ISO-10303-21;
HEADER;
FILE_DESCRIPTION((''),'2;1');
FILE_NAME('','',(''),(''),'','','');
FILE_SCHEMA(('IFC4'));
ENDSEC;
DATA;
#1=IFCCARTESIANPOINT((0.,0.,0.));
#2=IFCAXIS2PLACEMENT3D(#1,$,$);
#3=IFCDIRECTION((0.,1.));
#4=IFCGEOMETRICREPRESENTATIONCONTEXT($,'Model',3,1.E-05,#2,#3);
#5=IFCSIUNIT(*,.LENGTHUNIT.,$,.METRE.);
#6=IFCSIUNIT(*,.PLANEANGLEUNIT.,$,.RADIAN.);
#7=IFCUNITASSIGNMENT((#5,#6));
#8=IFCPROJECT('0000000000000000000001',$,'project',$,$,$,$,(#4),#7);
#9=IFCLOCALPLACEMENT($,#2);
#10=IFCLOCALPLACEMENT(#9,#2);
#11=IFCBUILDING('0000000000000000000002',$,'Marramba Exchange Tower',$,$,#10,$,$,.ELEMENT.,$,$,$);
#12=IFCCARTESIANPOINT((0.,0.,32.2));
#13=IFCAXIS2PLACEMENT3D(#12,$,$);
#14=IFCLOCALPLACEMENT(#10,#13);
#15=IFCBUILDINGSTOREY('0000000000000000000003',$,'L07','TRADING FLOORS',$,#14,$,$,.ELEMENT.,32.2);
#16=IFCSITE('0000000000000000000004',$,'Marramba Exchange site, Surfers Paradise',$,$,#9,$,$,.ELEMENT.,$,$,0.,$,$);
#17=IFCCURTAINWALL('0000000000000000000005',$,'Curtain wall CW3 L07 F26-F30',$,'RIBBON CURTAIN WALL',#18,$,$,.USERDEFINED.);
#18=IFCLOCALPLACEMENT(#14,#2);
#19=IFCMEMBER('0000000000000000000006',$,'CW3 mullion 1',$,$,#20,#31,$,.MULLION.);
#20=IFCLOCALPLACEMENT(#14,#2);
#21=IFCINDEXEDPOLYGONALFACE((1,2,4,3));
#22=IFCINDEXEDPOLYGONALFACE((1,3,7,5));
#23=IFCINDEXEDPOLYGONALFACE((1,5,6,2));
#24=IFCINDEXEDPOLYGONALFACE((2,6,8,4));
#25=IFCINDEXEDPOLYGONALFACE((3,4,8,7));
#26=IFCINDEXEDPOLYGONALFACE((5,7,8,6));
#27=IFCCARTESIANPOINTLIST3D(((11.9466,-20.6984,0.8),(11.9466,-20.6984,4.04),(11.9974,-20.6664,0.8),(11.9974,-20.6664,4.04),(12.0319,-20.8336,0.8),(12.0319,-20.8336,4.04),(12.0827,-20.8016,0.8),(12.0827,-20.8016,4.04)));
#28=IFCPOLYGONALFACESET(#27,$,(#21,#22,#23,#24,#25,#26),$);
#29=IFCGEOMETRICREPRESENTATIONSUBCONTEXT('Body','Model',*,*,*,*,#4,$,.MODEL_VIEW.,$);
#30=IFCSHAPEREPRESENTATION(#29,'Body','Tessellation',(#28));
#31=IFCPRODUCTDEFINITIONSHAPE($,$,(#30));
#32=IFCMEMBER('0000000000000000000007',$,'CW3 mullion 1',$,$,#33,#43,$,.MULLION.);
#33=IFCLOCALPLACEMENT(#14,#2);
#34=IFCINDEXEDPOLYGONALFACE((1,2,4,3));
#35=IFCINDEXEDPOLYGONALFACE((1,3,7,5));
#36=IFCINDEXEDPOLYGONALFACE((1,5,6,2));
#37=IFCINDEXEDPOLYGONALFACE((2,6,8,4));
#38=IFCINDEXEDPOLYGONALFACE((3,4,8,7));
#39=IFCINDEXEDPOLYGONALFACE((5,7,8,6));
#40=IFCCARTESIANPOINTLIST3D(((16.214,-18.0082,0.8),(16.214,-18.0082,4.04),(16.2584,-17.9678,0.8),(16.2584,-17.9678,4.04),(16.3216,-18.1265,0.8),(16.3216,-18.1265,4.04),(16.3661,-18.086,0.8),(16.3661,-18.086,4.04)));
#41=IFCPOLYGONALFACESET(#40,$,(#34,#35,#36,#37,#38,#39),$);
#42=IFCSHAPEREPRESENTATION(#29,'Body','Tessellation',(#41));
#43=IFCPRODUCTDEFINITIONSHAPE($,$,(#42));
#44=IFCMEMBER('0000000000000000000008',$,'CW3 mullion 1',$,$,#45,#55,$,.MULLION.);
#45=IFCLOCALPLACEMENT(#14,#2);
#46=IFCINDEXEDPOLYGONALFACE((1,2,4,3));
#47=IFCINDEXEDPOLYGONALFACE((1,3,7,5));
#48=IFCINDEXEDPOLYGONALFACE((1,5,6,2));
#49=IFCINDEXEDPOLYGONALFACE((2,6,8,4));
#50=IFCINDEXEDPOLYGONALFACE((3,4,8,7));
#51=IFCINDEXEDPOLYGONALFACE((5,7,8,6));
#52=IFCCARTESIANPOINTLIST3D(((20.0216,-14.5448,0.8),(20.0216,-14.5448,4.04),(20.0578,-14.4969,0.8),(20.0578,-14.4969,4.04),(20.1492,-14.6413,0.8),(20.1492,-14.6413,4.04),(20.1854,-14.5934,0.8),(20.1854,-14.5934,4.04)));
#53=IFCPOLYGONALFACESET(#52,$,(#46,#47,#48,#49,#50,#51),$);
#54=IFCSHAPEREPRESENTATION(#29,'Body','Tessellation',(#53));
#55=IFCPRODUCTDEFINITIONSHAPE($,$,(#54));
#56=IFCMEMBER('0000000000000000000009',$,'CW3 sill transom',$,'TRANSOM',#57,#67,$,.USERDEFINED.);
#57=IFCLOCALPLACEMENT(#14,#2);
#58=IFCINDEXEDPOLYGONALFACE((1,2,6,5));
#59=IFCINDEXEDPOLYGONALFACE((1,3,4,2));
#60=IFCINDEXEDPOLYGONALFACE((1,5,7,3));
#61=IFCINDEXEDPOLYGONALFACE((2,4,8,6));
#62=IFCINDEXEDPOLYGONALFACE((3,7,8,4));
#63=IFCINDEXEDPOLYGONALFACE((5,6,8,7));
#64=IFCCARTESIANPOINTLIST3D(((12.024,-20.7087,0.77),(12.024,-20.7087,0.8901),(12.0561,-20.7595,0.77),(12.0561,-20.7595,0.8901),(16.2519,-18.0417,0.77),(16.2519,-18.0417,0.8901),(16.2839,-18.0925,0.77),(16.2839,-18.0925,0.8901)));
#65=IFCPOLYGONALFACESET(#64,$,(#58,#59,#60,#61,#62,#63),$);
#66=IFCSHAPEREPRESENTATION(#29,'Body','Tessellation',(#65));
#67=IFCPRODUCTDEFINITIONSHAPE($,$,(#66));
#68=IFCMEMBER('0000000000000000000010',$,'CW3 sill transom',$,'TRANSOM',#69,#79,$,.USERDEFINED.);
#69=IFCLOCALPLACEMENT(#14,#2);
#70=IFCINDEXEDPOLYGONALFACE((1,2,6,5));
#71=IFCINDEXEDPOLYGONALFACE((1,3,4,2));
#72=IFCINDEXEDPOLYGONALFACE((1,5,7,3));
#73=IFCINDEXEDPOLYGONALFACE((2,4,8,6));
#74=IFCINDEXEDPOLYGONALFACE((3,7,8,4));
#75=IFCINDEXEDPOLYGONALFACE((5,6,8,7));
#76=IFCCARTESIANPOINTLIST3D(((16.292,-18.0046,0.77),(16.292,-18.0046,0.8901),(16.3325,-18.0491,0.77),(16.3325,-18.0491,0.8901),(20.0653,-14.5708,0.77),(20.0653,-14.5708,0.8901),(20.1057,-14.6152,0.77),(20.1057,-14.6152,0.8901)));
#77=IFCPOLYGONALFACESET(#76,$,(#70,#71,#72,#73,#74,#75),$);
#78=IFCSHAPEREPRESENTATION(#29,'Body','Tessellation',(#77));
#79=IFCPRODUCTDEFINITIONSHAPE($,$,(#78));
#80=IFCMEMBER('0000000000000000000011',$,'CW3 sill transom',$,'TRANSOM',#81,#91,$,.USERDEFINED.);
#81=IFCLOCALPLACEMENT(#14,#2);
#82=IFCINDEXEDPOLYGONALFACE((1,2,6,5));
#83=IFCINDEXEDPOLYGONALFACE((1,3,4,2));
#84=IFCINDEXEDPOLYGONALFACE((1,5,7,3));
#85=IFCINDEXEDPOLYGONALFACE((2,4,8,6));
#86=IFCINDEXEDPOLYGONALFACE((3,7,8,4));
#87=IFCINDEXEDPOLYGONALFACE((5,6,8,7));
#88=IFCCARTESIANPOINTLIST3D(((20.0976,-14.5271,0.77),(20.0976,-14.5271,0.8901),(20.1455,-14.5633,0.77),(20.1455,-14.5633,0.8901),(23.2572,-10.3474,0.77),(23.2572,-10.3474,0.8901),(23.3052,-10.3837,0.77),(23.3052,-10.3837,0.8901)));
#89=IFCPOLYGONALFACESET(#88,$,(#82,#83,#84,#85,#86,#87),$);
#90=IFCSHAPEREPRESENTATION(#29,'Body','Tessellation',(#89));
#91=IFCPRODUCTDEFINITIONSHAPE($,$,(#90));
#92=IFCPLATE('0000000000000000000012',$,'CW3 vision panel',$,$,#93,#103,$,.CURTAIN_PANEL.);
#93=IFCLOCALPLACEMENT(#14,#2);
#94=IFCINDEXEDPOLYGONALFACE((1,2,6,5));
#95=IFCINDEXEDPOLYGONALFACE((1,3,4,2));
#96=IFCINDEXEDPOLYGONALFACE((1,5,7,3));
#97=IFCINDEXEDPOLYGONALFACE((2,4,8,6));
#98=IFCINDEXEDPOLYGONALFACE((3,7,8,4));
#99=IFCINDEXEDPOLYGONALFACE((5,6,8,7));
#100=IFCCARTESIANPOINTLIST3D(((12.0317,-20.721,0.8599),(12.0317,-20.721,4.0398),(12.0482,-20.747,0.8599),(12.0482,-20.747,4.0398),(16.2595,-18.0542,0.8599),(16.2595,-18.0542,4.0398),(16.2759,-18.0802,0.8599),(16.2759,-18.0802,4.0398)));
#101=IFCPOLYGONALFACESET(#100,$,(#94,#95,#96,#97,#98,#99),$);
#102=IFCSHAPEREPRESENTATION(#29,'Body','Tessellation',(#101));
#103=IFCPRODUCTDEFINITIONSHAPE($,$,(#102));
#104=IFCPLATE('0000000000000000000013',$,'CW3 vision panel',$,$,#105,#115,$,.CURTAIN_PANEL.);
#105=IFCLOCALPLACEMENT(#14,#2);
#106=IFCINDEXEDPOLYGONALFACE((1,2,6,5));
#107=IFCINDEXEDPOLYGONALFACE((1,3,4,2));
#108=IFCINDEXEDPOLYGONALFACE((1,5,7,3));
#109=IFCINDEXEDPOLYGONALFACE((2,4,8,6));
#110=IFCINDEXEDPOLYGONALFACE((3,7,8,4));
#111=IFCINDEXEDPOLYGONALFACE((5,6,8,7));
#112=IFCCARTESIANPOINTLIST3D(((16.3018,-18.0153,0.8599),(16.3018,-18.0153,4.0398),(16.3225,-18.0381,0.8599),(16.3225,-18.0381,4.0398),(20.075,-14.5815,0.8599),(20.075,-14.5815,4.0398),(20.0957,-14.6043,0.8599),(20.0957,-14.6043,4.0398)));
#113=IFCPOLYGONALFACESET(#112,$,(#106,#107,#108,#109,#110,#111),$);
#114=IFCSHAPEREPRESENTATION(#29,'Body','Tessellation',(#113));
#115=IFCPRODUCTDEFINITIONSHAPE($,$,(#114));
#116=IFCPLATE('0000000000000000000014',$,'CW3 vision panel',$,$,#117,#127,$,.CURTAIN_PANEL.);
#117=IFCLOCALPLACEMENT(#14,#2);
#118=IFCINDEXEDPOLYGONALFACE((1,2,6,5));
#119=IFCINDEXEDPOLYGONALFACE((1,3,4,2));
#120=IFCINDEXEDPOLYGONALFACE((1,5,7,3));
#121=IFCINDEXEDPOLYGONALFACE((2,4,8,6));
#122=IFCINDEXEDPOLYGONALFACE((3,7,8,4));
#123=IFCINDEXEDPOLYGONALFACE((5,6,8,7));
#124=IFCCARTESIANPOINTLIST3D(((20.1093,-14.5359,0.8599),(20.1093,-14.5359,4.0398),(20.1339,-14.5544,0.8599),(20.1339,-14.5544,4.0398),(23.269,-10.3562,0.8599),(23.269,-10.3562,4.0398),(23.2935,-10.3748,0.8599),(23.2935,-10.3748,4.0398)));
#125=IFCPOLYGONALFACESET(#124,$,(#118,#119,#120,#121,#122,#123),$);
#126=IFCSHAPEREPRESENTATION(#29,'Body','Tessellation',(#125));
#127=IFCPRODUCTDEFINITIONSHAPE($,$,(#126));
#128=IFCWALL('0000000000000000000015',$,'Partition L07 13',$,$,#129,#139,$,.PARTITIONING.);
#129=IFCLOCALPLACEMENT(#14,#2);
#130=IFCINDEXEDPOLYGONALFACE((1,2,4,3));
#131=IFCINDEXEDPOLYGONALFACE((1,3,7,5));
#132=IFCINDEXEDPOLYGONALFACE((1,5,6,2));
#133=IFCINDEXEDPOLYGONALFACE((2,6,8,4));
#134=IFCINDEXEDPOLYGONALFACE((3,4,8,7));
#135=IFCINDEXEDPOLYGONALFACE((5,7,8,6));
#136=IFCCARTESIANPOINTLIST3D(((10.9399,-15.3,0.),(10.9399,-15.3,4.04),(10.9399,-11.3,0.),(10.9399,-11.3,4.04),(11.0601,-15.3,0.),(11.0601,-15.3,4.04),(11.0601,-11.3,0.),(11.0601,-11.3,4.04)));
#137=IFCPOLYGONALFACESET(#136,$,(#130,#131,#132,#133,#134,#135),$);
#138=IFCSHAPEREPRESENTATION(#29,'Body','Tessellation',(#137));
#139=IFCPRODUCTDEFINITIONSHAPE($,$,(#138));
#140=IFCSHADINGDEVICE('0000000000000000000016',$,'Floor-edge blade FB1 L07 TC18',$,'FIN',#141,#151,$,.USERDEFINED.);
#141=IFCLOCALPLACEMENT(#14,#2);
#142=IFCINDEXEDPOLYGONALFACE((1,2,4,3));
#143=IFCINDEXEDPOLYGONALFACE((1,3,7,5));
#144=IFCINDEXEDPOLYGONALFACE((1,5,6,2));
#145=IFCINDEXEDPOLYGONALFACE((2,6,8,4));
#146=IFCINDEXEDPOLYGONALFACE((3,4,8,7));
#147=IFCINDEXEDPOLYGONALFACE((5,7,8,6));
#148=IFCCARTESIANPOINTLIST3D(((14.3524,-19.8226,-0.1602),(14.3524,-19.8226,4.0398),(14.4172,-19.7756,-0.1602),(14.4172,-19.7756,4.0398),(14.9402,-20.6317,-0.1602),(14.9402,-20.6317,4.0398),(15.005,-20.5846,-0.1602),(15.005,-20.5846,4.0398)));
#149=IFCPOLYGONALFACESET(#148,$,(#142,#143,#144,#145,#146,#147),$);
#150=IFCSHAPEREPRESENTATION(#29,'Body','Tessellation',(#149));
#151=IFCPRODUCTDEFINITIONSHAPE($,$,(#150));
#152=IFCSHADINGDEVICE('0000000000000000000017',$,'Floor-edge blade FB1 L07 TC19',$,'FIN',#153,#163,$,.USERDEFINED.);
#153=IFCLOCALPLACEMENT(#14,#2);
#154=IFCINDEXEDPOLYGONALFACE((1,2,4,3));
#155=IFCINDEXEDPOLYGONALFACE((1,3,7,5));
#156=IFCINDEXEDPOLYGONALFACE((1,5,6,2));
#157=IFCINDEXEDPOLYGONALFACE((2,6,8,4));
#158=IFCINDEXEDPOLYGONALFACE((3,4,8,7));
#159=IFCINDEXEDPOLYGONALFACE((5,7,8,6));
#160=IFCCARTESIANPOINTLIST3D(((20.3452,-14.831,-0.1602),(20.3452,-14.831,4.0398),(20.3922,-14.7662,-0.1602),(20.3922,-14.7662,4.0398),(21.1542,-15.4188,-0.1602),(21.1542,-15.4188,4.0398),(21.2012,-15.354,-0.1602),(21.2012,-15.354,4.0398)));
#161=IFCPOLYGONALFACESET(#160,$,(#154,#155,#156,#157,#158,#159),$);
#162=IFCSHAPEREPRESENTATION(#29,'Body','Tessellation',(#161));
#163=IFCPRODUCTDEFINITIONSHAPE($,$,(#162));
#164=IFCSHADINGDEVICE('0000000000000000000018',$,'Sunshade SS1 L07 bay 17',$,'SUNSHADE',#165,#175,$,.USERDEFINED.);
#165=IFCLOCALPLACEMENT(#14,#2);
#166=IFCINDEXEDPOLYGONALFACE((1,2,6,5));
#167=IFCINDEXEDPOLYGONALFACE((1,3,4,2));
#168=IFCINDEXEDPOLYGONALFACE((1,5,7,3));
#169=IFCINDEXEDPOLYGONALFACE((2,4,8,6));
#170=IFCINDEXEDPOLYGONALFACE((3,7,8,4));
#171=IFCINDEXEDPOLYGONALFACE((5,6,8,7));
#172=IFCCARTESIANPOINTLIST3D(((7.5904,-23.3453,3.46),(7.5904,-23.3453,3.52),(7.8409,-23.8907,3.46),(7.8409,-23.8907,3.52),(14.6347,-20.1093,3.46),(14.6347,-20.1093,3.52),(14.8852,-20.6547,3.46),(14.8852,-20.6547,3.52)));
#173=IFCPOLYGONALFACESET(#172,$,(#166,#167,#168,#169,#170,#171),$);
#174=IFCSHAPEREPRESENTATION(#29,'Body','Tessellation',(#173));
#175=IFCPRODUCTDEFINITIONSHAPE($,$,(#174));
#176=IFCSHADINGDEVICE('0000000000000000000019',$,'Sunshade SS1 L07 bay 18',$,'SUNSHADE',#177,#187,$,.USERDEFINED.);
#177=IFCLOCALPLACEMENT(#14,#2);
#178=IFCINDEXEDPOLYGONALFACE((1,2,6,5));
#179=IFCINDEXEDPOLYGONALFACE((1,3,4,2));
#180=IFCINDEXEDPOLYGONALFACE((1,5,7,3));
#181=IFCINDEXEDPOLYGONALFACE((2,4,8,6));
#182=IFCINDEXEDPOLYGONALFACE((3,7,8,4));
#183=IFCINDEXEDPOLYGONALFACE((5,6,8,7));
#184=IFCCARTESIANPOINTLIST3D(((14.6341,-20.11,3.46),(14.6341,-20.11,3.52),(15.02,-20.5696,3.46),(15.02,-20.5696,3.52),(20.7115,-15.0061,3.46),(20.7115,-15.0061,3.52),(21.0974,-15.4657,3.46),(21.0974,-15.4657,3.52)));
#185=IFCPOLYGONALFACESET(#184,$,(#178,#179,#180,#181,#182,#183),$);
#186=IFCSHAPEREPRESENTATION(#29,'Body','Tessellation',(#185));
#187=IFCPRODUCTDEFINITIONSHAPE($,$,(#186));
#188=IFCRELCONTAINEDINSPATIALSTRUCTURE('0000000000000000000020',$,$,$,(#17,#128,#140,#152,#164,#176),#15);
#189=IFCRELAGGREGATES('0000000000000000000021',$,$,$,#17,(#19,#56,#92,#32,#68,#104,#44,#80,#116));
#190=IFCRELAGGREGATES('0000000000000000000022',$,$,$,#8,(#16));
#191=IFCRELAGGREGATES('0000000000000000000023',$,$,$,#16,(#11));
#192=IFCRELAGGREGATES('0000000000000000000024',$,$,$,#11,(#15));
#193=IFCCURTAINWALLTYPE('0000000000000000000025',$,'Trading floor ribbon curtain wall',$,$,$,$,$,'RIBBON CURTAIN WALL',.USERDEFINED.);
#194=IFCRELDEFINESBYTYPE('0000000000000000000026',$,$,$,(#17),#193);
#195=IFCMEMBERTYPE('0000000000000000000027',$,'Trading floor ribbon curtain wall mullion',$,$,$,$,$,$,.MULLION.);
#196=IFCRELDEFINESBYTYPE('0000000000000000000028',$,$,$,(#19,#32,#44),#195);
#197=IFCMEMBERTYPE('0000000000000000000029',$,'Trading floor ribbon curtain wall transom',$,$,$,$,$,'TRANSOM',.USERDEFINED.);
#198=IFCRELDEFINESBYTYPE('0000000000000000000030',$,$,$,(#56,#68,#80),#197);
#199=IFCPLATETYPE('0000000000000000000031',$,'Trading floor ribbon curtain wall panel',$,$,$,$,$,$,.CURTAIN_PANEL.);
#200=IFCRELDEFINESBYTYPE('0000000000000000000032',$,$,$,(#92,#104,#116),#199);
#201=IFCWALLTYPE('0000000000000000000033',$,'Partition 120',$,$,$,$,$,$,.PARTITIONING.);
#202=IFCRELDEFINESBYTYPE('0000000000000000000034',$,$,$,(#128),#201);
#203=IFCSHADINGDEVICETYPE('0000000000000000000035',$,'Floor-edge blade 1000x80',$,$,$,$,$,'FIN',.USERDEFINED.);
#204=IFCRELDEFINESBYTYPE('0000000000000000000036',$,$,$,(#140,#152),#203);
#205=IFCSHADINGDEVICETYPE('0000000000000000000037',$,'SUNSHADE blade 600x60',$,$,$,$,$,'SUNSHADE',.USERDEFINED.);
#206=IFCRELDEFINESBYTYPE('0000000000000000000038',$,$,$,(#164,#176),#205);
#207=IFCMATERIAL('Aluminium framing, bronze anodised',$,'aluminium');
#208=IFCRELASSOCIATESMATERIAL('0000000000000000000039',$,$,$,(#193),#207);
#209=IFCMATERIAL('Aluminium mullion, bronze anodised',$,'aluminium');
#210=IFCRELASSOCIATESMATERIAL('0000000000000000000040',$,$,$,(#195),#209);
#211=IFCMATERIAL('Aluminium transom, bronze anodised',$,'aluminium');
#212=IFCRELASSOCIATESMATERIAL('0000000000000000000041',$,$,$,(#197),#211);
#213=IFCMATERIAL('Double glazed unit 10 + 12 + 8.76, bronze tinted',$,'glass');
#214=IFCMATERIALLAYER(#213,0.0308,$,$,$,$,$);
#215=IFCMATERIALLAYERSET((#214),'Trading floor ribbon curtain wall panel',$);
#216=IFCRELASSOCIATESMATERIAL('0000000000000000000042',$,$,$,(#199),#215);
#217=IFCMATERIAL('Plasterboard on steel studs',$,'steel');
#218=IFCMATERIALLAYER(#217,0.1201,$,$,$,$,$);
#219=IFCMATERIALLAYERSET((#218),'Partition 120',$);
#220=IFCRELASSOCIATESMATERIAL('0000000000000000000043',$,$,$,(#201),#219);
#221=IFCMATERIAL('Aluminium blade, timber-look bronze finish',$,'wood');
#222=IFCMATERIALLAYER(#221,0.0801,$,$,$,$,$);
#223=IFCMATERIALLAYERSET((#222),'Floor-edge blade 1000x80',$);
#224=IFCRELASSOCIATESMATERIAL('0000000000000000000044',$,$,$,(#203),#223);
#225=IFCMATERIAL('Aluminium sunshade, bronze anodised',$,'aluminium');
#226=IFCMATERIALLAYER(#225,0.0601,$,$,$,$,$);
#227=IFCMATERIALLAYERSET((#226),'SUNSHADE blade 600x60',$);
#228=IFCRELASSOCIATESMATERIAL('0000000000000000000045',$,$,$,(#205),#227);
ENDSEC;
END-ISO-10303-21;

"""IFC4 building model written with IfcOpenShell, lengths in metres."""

from ifc_helpers import new_model, si_unit, direction, frame, frame_2d, origin, origin_2d, place, context, subcontext, project, spatial, rectangle, extrude, material, layer, layer_set, material_profile, profile_set, type_object, element, aggregate, save


model = new_model("IFC4")

# Units and contexts
model_context = context("Model", 3, precision=1e-05, world=origin(), true_north=direction((0.0, 1.0)))
body_context = subcontext(model_context, "Body", "Model", "MODEL_VIEW")
ifc_project = project(units=[si_unit("LENGTHUNIT", "METRE"), si_unit("PLANEANGLEUNIT", "RADIAN")], contexts=[model_context])

# Site, building, storey
site_placement = place(None, origin())
site = spatial("IfcSite", under=ifc_project, at=site_placement, Name="Marramba Exchange site, Surfers Paradise", CompositionType="ELEMENT", RefElevation=0.0)
building_placement = place(site_placement, origin())
building = spatial("IfcBuilding", under=site, at=building_placement, Name="Marramba Exchange Tower", CompositionType="ELEMENT")
storey_placement = place(building_placement, frame((0.0, 0.0, 32.2)))
storey = spatial("IfcBuildingStorey", under=building, at=storey_placement, Name="L07", Description="TRADING FLOORS", CompositionType="ELEMENT", Elevation=32.2)

# Curtain wall, members, plates
ifc_material_1 = material(Name="Aluminium framing, bronze anodised", Category="aluminium")
curtain_wall_type = type_object("IfcCurtainWallType", Name="Trading floor ribbon curtain wall", ElementType="RIBBON CURTAIN WALL", PredefinedType="USERDEFINED", material=ifc_material_1)
curtain_wall_placement = place(storey_placement, origin())
curtain_wall = element("IfcCurtainWall", 1, at=curtain_wall_placement, inside=storey, type_object=curtain_wall_type, Name="Curtain wall CW3 L07 F26-F30", ObjectType="RIBBON CURTAIN WALL", PredefinedType="USERDEFINED")
ifc_material_2 = material(Name="Aluminium mullion, bronze anodised", Category="aluminium")
ifc_material_profile_1 = material_profile(ifc_material_2, rectangle(XDim=0.1599, YDim=0.0601, at=origin_2d()), Name="CW3 mullion 60x160")
ifc_profile_set_1 = profile_set([ifc_material_profile_1], Name="Aluminium mullion, bronze anodised")
member_type_1 = type_object("IfcMemberType", Name="Trading floor ribbon curtain wall mullion", PredefinedType="MULLION", material=ifc_profile_set_1)
member_1_placement = place(storey_placement, frame((12.0146, -20.75, 0.8), z_axis=(0.0, 0.0, 1.0), x_axis=(-0.533515, 0.845791, 0.0)))
member_1 = element("IfcMember", 2, at=member_1_placement, type_object=member_type_1, Name="CW3 mullion 1", PredefinedType="MULLION", context=body_context, shape_type="SweptSolid", body=[
    extrude(rectangle(XDim=0.1599, YDim=0.0601, at=origin_2d()), origin(), (0.0, 0.0, 1.0), 3.24),
])
member_2_placement = place(storey_placement, frame((16.29, -18.0471, 0.8), z_axis=(0.0, 0.0, 1.0), x_axis=(-0.673058, 0.73959, 0.0)))
member_2 = element("IfcMember", 3, at=member_2_placement, type_object=member_type_1, Name="CW3 mullion 1", PredefinedType="MULLION", context=body_context, shape_type="SweptSolid", body=[
    extrude(rectangle(XDim=0.1599, YDim=0.0601, at=origin_2d()), origin(), (0.0, 0.0, 1.0), 3.24),
])
member_3_placement = place(storey_placement, frame((20.1035, -14.5691, 0.8), z_axis=(0.0, 0.0, 1.0), x_axis=(-0.797711, 0.60304, 0.0)))
member_3 = element("IfcMember", 4, at=member_3_placement, type_object=member_type_1, Name="CW3 mullion 1", PredefinedType="MULLION", context=body_context, shape_type="SweptSolid", body=[
    extrude(rectangle(XDim=0.1599, YDim=0.0601, at=origin_2d()), origin(), (0.0, 0.0, 1.0), 3.24),
])
ifc_material_3 = material(Name="Aluminium transom, bronze anodised", Category="aluminium")
ifc_material_profile_2 = material_profile(ifc_material_3, rectangle(XDim=0.0601, YDim=0.1201, at=origin_2d()), Name="CW3 transom 60x120")
ifc_profile_set_2 = profile_set([ifc_material_profile_2], Name="Aluminium transom, bronze anodised")
member_type_2 = type_object("IfcMemberType", Name="Trading floor ribbon curtain wall transom", ElementType="TRANSOM", PredefinedType="USERDEFINED", material=ifc_profile_set_2)
member_4_placement = place(storey_placement, frame((12.04, -20.7341, 0.8301), z_axis=(0.845777, 0.533537, 0.0), x_axis=(-0.533537, 0.845777, 0.0)))
member_4 = element("IfcMember", 5, at=member_4_placement, type_object=member_type_2, Name="CW3 sill transom", ObjectType="TRANSOM", PredefinedType="USERDEFINED", context=body_context, shape_type="SweptSolid", body=[
    extrude(rectangle(XDim=0.0601, YDim=0.1201, at=origin_2d()), origin(), (0.0, 0.0, 1.0), 4.9988),
])
member_5_placement = place(storey_placement, frame((16.3123, -18.0269, 0.8301), z_axis=(0.739583, 0.673066, 0.0), x_axis=(-0.673066, 0.739583, 0.0)))
member_5 = element("IfcMember", 6, at=member_5_placement, type_object=member_type_2, Name="CW3 sill transom", ObjectType="TRANSOM", PredefinedType="USERDEFINED", context=body_context, shape_type="SweptSolid", body=[
    extrude(rectangle(XDim=0.0601, YDim=0.1201, at=origin_2d()), origin(), (0.0, 0.0, 1.0), 5.1018),
])
member_6_placement = place(storey_placement, frame((20.1216, -14.5452, 0.8301), z_axis=(0.603037, 0.797713, 0.0), x_axis=(-0.797713, 0.603037, 0.0)))
member_6 = element("IfcMember", 7, at=member_6_placement, type_object=member_type_2, Name="CW3 sill transom", ObjectType="TRANSOM", PredefinedType="USERDEFINED", context=body_context, shape_type="SweptSolid", body=[
    extrude(rectangle(XDim=0.0601, YDim=0.1201, at=origin_2d()), origin(), (0.0, 0.0, 1.0), 5.2395),
])
ifc_material_4 = material(Name="Double glazed unit 10 + 12 + 8.76, bronze tinted", Category="glass")
ifc_layer_1 = layer(ifc_material_4, 0.0308)
ifc_layer_set_1 = layer_set([ifc_layer_1], Name="Trading floor ribbon curtain wall panel")
plate_type = type_object("IfcPlateType", Name="Trading floor ribbon curtain wall panel", PredefinedType="CURTAIN_PANEL", material=ifc_layer_set_1)
plate_1_placement = place(storey_placement, frame((14.1538, -19.4006, 0.8599), z_axis=(0.0, 0.0, 1.0), x_axis=(0.845791, 0.533515, 0.0)))
plate_1 = element("IfcPlate", 8, at=plate_1_placement, type_object=plate_type, Name="CW3 vision panel", PredefinedType="CURTAIN_PANEL", context=body_context, shape_type="SweptSolid", body=[
    extrude(rectangle(XDim=4.9985, YDim=0.0308, at=origin_2d()), origin(), (0.0, 0.0, 1.0), 3.1799),
])
plate_2_placement = place(storey_placement, frame((18.1987, -16.3098, 0.8599), z_axis=(0.0, 0.0, 1.0), x_axis=(0.73959, 0.673058, 0.0)))
plate_2 = element("IfcPlate", 9, at=plate_2_placement, type_object=plate_type, Name="CW3 vision panel", PredefinedType="CURTAIN_PANEL", context=body_context, shape_type="SweptSolid", body=[
    extrude(rectangle(XDim=5.1018, YDim=0.0308, at=origin_2d()), origin(), (0.0, 0.0, 1.0), 3.1799),
])
plate_3_placement = place(storey_placement, frame((21.7014, -12.4553, 0.8599), z_axis=(0.0, 0.0, 1.0), x_axis=(0.60304, 0.797711, 0.0)))
plate_3 = element("IfcPlate", 10, at=plate_3_placement, type_object=plate_type, Name="CW3 vision panel", PredefinedType="CURTAIN_PANEL", context=body_context, shape_type="SweptSolid", body=[
    extrude(rectangle(XDim=5.2395, YDim=0.0308, at=origin_2d()), origin(), (0.0, 0.0, 1.0), 3.1799),
])
aggregate(curtain_wall, [member_1, member_4, plate_1, member_2, member_5, plate_2, member_3, member_6, plate_3])

# Wall
ifc_material_5 = material(Name="Plasterboard on steel studs", Category="steel")
ifc_layer_2 = layer(ifc_material_5, 0.1201)
ifc_layer_set_2 = layer_set([ifc_layer_2], Name="Partition 120")
wall_type = type_object("IfcWallType", Name="Partition 120", PredefinedType="PARTITIONING", material=ifc_layer_set_2)
wall_placement = place(storey_placement, frame((11.0, -15.3, 0.0), z_axis=(0.0, 0.0, 1.0), x_axis=(0.0, 1.0, 0.0)))
element("IfcWall", 11, at=wall_placement, inside=storey, type_object=wall_type, Name="Partition L07 13", PredefinedType="PARTITIONING", context=body_context, shape_type="SweptSolid", body=[
    extrude(rectangle(XDim=4.0, YDim=0.1201, at=frame_2d((2.0, 0.0))), origin(), (0.0, 0.0, 1.0), 4.04),
])

# Shading devices
ifc_material_6 = material(Name="Aluminium blade, timber-look bronze finish", Category="wood")
ifc_layer_3 = layer(ifc_material_6, 0.0801)
ifc_layer_set_3 = layer_set([ifc_layer_3], Name="Floor-edge blade 1000x80")
shading_device_type_1 = type_object("IfcShadingDeviceType", Name="Floor-edge blade 1000x80", ElementType="FIN", PredefinedType="USERDEFINED", material=ifc_layer_set_3)
for number, where, z_axis, x_axis, name in (
    (12, (14.6787, -20.2036, -0.1602), (0.0, 0.0, 1.0), (0.587785, -0.809017, 0.0), "Floor-edge blade FB1 L07 TC18"),
    (13, (20.7732, -15.0925, -0.1602), (0.0, 0.0, 1.0), (0.809017, -0.587785, 0.0), "Floor-edge blade FB1 L07 TC19"),
):
    element("IfcShadingDevice", number, at=place(storey_placement, frame(where, z_axis=z_axis, x_axis=x_axis)), inside=storey, type_object=shading_device_type_1, Name=name, ObjectType="FIN", PredefinedType="USERDEFINED", context=body_context, shape_type="SweptSolid", body=[
        extrude(rectangle(XDim=1.0, YDim=0.0801, at=origin_2d()), origin(), (0.0, 0.0, 1.0), 4.2),
    ])
ifc_material_7 = material(Name="Aluminium sunshade, bronze anodised", Category="aluminium")
ifc_layer_4 = layer(ifc_material_7, 0.0601)
ifc_layer_set_4 = layer_set([ifc_layer_4], Name="SUNSHADE blade 600x60")
shading_device_type_2 = type_object("IfcShadingDeviceType", Name="SUNSHADE blade 600x60", ElementType="SUNSHADE", PredefinedType="USERDEFINED", material=ifc_layer_set_4)
shading_device_1_placement = place(storey_placement, frame((11.2378, -22.0, 3.46), z_axis=(0.0, 0.0, 1.0), x_axis=(0.908704, 0.417442, 0.0)))
element("IfcShadingDevice", 14, at=shading_device_1_placement, inside=storey, type_object=shading_device_type_2, Name="Sunshade SS1 L07 bay 17", ObjectType="SUNSHADE", PredefinedType="USERDEFINED", context=body_context, shape_type="SweptSolid", body=[
    extrude(rectangle(XDim=7.752, YDim=0.6001, at=origin_2d()), origin(), (0.0, 0.0, 1.0), 0.0601),
])
shading_device_2_placement = place(storey_placement, frame((17.8657, -17.7878, 3.46), z_axis=(0.0, 0.0, 1.0), x_axis=(0.765776, 0.643107, 0.0)))
element("IfcShadingDevice", 15, at=shading_device_2_placement, inside=storey, type_object=shading_device_type_2, Name="Sunshade SS1 L07 bay 18", ObjectType="SUNSHADE", PredefinedType="USERDEFINED", context=body_context, shape_type="SweptSolid", body=[
    extrude(rectangle(XDim=7.9363, YDim=0.6001, at=origin_2d()), origin(), (0.0, 0.0, 1.0), 0.0601),
])

save(model, "model.ifc")
